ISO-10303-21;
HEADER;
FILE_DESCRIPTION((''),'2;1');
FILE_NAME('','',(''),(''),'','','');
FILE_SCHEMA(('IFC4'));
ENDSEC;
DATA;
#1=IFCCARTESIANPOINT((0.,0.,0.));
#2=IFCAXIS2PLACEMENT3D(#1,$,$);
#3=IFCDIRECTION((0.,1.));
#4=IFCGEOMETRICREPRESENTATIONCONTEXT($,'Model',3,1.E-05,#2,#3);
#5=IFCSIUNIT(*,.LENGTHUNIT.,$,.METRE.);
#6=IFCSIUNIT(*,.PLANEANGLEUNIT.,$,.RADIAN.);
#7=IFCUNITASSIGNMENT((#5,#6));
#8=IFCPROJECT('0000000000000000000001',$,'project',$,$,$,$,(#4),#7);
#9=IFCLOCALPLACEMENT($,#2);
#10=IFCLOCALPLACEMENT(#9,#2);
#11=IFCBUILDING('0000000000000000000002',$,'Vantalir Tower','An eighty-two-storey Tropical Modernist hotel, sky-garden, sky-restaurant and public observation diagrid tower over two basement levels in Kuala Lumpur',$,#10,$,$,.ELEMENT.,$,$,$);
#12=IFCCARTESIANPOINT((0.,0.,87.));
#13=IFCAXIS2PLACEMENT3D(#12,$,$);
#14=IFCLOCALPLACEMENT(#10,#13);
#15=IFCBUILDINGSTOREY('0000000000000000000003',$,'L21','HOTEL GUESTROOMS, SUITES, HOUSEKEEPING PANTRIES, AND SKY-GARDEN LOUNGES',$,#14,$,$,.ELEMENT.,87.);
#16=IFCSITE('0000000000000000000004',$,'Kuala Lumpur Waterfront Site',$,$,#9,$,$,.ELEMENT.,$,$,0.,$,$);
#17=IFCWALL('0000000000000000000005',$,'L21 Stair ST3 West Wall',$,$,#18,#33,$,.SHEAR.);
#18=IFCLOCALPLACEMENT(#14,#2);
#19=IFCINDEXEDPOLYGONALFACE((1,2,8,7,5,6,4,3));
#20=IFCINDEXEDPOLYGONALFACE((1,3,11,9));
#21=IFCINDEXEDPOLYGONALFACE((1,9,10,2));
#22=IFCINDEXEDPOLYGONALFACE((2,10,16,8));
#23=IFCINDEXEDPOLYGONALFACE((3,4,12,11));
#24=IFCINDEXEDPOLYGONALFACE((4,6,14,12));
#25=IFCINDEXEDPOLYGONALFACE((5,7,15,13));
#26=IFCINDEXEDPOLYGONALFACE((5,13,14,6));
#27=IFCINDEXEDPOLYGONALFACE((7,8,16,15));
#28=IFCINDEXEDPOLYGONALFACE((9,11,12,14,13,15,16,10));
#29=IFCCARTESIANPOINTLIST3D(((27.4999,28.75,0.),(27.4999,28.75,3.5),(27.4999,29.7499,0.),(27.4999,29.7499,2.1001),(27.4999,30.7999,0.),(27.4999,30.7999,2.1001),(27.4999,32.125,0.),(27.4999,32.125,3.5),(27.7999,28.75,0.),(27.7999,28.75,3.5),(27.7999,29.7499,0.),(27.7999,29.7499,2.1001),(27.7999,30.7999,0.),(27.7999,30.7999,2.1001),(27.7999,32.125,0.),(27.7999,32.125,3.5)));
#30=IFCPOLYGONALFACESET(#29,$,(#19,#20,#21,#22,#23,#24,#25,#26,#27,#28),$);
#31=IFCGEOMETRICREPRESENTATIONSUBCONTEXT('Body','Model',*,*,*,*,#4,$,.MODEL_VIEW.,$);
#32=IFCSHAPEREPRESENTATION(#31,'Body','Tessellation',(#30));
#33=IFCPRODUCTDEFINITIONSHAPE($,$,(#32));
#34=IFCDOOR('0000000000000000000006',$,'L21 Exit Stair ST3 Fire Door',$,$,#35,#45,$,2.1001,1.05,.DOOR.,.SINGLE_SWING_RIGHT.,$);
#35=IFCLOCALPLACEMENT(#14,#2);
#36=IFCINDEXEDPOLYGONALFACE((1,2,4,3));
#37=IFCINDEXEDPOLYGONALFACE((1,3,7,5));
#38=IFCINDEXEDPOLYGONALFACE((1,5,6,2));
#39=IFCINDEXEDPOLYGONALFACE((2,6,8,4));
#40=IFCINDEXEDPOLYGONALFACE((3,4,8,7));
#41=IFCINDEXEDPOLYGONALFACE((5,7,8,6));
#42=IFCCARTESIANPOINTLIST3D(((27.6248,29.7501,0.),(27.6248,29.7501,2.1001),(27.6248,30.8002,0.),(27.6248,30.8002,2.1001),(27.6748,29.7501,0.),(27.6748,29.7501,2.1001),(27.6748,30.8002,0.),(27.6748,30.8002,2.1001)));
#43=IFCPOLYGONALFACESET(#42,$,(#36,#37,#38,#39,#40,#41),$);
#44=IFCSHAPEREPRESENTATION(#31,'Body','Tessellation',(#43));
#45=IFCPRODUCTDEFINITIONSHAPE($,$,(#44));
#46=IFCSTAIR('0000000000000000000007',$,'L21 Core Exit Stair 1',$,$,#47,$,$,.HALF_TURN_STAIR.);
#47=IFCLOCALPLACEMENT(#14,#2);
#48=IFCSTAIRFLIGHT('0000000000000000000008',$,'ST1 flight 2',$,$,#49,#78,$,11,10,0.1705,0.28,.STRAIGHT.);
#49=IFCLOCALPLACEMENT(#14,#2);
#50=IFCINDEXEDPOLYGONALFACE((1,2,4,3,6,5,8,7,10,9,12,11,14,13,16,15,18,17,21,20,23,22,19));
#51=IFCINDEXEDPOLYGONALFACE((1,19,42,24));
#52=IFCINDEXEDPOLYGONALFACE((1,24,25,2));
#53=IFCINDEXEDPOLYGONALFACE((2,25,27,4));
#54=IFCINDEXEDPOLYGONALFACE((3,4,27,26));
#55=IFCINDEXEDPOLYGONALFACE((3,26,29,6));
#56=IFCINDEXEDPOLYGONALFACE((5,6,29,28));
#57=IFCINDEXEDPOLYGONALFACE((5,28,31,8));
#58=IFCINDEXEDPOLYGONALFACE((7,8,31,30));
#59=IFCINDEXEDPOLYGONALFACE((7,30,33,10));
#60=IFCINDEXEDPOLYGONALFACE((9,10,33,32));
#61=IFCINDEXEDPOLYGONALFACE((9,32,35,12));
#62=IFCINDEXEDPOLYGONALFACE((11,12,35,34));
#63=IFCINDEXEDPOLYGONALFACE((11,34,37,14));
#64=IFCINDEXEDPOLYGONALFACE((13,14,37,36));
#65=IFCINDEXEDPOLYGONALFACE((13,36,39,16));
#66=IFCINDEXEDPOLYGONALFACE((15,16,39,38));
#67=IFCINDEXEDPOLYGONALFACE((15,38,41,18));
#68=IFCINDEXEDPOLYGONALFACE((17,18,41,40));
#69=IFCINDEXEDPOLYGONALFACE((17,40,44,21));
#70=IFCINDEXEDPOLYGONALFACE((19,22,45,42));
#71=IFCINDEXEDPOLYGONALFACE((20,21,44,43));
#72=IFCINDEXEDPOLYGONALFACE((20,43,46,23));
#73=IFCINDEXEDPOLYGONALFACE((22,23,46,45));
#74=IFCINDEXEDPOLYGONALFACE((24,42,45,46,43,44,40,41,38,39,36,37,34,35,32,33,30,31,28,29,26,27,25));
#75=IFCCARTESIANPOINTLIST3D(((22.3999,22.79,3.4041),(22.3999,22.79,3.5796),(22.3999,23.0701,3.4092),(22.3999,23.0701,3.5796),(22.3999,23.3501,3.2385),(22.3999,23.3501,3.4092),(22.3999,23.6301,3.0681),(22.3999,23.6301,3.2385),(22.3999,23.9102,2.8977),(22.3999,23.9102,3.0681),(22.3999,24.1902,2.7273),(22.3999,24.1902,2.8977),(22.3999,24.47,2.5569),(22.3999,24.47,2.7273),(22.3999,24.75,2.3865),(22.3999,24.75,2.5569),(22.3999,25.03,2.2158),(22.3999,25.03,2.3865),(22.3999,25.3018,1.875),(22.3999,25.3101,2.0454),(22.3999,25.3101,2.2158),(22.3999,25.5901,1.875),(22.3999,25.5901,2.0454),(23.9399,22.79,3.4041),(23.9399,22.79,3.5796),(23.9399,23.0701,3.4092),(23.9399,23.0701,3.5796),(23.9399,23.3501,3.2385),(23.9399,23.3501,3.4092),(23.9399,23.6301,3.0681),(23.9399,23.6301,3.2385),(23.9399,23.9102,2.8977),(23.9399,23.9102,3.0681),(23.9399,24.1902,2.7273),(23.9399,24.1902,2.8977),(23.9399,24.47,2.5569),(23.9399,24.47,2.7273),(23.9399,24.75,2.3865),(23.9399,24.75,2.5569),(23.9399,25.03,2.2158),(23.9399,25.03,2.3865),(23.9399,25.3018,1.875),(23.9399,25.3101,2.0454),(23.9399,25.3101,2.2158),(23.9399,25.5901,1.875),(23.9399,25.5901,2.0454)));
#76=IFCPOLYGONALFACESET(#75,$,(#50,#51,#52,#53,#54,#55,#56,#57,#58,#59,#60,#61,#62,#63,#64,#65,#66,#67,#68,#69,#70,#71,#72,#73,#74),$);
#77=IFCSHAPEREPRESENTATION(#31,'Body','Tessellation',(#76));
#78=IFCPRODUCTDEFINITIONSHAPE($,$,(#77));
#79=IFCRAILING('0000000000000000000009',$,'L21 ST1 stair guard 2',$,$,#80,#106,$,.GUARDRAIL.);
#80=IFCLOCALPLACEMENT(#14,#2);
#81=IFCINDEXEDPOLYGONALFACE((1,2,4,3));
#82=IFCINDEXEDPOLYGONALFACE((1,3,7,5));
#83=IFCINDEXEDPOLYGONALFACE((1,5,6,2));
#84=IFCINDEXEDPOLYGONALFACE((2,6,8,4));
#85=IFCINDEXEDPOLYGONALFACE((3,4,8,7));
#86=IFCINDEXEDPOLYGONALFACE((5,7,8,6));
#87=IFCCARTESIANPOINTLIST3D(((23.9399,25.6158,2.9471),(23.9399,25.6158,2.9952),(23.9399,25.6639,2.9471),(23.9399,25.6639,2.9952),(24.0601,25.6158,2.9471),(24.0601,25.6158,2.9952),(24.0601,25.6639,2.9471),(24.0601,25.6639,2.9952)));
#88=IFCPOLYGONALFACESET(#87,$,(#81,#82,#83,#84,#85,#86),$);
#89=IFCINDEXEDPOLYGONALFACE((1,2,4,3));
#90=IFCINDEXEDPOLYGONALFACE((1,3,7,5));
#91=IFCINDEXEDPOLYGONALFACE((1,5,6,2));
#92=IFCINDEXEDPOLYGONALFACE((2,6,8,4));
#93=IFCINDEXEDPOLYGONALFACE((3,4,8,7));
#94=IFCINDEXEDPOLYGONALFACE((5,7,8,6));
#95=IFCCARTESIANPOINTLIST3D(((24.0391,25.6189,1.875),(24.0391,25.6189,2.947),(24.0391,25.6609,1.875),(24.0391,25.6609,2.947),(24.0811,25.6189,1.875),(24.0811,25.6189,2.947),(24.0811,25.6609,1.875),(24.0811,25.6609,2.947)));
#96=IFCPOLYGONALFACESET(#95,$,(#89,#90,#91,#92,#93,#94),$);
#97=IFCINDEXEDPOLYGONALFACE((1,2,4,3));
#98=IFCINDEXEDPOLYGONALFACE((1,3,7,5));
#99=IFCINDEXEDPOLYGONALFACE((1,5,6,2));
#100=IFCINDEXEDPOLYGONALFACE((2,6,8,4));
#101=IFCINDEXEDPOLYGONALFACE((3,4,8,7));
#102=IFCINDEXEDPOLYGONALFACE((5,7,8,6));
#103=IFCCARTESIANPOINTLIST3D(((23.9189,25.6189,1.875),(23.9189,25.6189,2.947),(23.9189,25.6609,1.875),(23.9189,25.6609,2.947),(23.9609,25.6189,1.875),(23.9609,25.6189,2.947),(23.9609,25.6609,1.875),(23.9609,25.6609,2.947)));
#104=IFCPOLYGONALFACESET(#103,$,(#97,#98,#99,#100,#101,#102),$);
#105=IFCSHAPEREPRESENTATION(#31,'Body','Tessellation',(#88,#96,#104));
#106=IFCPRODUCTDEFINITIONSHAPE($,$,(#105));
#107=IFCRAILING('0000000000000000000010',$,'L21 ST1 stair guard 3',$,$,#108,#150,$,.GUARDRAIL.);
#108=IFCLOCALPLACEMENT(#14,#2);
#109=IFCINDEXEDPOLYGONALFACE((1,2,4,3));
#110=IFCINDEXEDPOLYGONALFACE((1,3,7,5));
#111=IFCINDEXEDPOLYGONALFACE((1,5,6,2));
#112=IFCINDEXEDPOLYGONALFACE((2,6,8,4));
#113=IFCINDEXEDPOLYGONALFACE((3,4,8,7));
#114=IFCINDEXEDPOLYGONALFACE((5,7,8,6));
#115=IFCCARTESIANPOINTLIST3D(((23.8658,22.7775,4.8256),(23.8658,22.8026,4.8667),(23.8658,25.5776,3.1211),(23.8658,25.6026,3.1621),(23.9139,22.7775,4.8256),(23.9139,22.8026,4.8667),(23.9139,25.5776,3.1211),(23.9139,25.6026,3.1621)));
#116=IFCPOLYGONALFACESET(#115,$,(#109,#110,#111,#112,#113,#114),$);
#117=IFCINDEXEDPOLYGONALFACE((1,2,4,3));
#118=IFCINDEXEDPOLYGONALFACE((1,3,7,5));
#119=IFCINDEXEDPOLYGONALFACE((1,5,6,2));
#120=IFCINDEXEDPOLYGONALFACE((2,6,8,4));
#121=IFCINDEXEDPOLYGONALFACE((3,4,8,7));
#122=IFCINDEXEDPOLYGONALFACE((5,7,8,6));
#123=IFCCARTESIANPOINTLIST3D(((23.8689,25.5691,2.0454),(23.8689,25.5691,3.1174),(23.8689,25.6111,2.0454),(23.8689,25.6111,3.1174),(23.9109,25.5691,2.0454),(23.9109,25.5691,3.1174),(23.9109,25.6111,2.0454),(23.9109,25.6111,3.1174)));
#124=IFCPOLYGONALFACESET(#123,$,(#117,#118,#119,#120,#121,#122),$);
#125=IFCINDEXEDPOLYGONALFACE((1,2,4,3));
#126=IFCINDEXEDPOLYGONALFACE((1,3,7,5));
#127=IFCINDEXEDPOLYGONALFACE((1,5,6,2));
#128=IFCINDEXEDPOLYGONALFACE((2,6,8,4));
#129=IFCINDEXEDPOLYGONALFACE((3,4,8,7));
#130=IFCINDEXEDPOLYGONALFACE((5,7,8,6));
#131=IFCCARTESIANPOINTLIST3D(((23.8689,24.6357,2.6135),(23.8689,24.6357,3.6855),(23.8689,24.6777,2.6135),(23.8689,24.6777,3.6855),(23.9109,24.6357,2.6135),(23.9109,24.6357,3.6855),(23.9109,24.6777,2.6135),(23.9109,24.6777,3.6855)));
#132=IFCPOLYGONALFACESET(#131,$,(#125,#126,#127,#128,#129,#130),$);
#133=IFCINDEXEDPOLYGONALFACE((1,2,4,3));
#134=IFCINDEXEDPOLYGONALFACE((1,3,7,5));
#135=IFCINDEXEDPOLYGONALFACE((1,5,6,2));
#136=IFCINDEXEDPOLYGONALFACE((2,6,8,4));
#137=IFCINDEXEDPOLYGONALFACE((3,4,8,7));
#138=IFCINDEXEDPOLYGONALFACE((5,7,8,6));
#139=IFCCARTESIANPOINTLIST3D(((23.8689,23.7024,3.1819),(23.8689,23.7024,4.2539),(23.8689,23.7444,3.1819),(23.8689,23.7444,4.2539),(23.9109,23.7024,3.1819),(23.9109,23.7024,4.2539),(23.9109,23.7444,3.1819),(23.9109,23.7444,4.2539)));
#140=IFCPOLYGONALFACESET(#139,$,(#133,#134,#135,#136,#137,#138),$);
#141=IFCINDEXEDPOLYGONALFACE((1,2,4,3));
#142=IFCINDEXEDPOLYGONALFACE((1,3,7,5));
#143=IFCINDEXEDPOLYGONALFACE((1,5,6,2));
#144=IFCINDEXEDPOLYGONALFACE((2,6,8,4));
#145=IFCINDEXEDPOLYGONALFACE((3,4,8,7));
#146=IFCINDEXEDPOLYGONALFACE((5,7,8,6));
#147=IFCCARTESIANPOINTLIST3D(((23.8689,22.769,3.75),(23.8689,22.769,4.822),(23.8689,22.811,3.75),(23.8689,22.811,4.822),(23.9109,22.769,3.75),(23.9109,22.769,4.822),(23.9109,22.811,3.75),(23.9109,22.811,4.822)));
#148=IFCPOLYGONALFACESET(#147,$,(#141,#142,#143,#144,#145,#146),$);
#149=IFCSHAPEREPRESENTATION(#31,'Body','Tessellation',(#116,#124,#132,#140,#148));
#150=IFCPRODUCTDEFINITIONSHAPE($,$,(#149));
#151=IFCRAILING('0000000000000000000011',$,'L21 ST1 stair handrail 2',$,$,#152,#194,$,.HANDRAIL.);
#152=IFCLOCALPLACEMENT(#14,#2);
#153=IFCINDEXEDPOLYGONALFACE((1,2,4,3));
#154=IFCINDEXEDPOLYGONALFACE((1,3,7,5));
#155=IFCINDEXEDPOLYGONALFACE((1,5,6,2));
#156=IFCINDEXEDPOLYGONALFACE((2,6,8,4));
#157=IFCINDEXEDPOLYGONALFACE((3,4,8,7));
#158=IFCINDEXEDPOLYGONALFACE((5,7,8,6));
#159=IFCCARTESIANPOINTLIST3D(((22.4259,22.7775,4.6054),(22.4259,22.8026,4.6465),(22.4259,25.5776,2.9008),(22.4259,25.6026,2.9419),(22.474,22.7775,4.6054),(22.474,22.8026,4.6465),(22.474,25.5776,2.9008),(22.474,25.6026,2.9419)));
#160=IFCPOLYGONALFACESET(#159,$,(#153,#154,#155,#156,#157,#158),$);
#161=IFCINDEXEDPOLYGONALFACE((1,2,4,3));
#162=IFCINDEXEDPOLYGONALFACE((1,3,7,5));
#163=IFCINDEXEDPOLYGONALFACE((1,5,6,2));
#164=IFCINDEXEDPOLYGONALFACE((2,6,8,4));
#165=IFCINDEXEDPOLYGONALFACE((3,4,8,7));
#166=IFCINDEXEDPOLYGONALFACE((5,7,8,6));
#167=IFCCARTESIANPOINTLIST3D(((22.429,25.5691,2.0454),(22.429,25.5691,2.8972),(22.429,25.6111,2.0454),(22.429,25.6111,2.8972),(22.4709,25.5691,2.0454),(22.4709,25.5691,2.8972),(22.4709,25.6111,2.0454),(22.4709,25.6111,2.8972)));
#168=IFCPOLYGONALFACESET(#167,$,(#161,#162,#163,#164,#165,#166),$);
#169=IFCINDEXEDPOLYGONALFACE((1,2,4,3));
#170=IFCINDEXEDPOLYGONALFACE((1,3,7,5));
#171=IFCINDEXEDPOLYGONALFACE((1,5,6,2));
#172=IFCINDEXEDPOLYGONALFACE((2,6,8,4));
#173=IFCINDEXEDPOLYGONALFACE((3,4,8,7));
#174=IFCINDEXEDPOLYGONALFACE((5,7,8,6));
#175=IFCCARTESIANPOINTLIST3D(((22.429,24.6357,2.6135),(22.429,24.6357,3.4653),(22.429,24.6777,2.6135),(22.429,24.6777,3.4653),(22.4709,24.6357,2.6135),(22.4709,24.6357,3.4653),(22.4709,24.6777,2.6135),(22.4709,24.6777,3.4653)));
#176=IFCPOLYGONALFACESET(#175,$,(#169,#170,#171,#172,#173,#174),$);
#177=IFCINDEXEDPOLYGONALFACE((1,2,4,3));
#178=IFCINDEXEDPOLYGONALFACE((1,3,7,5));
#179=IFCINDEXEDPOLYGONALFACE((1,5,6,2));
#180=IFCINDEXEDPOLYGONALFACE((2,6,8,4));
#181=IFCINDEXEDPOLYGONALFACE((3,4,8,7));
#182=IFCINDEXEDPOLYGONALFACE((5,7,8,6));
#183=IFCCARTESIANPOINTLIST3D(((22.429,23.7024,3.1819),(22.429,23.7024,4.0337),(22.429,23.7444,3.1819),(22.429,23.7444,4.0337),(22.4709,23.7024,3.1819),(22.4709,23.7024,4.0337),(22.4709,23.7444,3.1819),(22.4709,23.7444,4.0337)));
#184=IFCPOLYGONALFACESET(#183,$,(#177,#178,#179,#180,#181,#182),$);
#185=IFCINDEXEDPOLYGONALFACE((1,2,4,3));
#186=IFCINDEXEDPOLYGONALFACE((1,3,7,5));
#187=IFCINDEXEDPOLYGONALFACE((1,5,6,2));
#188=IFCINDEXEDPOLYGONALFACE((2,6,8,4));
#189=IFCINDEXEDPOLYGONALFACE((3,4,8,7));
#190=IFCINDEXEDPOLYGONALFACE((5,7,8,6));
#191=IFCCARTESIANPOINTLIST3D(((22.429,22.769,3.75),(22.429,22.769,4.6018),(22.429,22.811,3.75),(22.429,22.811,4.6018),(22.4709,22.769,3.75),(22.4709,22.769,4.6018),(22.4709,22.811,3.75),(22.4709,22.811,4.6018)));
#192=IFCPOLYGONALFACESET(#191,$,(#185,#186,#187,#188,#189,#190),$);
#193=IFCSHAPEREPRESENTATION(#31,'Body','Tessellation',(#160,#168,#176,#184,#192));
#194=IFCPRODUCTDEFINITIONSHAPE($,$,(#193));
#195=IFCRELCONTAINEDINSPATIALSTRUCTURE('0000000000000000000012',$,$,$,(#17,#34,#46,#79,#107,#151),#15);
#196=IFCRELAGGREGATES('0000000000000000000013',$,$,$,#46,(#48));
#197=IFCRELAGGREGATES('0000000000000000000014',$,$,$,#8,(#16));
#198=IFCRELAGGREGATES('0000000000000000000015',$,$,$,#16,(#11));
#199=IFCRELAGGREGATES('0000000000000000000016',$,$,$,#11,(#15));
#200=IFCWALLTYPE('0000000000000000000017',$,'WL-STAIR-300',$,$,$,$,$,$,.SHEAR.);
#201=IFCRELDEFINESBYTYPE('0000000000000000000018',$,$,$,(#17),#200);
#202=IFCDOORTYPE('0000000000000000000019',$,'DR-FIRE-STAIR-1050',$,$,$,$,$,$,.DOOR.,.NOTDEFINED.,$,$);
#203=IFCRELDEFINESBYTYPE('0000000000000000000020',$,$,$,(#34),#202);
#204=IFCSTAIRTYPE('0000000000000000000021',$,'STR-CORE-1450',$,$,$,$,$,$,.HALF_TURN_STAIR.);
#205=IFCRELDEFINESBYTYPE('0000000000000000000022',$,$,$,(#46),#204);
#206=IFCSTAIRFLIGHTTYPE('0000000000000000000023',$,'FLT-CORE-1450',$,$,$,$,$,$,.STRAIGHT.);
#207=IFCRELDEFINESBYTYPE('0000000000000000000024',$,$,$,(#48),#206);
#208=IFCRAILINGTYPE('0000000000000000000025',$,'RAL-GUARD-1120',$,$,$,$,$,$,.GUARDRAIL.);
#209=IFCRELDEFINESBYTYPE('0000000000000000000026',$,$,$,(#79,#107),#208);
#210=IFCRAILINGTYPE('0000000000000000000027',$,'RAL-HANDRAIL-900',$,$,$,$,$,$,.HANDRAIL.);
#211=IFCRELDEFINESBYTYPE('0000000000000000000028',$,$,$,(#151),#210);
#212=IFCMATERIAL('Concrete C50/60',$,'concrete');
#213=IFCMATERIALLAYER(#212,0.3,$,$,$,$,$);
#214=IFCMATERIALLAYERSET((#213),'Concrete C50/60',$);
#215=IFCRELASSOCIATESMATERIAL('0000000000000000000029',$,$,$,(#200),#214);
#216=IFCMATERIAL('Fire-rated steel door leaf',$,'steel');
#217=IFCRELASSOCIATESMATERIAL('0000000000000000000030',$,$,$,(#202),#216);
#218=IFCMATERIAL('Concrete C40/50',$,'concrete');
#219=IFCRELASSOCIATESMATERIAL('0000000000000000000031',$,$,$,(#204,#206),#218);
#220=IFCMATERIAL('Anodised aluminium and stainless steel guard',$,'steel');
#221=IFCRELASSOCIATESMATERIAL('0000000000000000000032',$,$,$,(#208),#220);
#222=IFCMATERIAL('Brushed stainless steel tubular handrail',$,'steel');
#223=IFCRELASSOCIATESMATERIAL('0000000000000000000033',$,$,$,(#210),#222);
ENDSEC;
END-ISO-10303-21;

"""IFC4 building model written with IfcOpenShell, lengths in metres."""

from ifc_helpers import new_model, si_unit, direction, frame, frame_2d, origin, origin_2d, place, context, subcontext, project, spatial, polyline, rectangle, outline, extrude, material, layer, layer_set, type_object, element, fill, aggregate, save


model = new_model("IFC4")

# Units and contexts
model_context = context("Model", 3, precision=1e-05, world=origin(), true_north=direction((0.0, 1.0)))
body_context = subcontext(model_context, "Body", "Model", "MODEL_VIEW")
ifc_project = project(units=[si_unit("LENGTHUNIT", "METRE"), si_unit("PLANEANGLEUNIT", "RADIAN")], contexts=[model_context])

# Site, building, storey
site_placement = place(None, origin())
site = spatial("IfcSite", under=ifc_project, at=site_placement, Name="Kuala Lumpur Waterfront Site", CompositionType="ELEMENT", RefElevation=0.0)
building_placement = place(site_placement, origin())
building = spatial("IfcBuilding", under=site, at=building_placement, Name="Vantalir Tower", Description="An eighty-two-storey Tropical Modernist hotel, sky-garden, sky-restaurant and public observation diagrid tower over two basement levels in Kuala Lumpur", CompositionType="ELEMENT")
storey_placement = place(building_placement, frame((0.0, 0.0, 87.0)))
storey = spatial("IfcBuildingStorey", under=building, at=storey_placement, Name="L21", Description="HOTEL GUESTROOMS, SUITES, HOUSEKEEPING PANTRIES, AND SKY-GARDEN LOUNGES", CompositionType="ELEMENT", Elevation=87.0)

# Shared definitions
ifc_material_1 = material(Name="Concrete C50/60", Category="concrete")
ifc_layer_1 = layer(ifc_material_1, 0.3)
ifc_layer_set_1 = layer_set([ifc_layer_1], Name="Concrete C50/60")
wall_type_1 = type_object("IfcWallType", Name="WL-STAIR-300", PredefinedType="SHEAR", material=ifc_layer_set_1)

# Wall, opening, door
wall_1_placement = place(storey_placement, frame((27.6499, 28.75, 0.0), z_axis=(0.0, 0.0, 1.0), x_axis=(0.0, 1.0, 0.0)))
wall_1 = element("IfcWall", 1, at=wall_1_placement, inside=storey, type_object=wall_type_1, Name="L21 Stair ST3 West Wall", PredefinedType="SHEAR", context=body_context, shape_type="SweptSolid", body=[
    extrude(rectangle(XDim=3.375, YDim=0.3, at=frame_2d((1.6875, 0.0))), origin(), (0.0, 0.0, 1.0), 3.5),
])
opening_1_placement = place(wall_1_placement, frame((1.0, 0.0, 0.0)))
opening_1 = element("IfcOpeningElement", 2, at=opening_1_placement, cuts=wall_1, PredefinedType="OPENING", context=body_context, shape_type="SweptSolid", body=[
    extrude(rectangle(XDim=1.05, YDim=2.1001, at=frame_2d((0.5249, 1.05))), frame((0.0, 0.1599, 0.0), z_axis=(0.0, -1.0, 0.0), x_axis=(1.0, 0.0, 0.0)), (0.0, 0.0, 1.0), 0.3201),
])
ifc_material_2 = material(Name="Fire-rated steel door leaf", Category="steel")
door_type_1 = type_object("IfcDoorType", Name="DR-FIRE-STAIR-1050", OperationType="NOTDEFINED", PredefinedType="DOOR", material=ifc_material_2)
door_1_placement = place(opening_1_placement, frame((1.05, 0.0, 0.0), z_axis=(0.0, 0.0, 1.0), x_axis=(-1.0, 0.0, 0.0)))
door_1 = element("IfcDoor", 3, at=door_1_placement, inside=storey, type_object=door_type_1, Name="L21 Exit Stair ST3 Fire Door", OperationType="SINGLE_SWING_RIGHT", OverallHeight=2.1001, OverallWidth=1.05, PredefinedType="DOOR", context=body_context, shape_type="SweptSolid", body=[
    extrude(rectangle(XDim=1.05, YDim=2.1001, at=frame_2d((0.5249, 1.05))), frame((0.0, 0.0249, 0.0), z_axis=(0.0, -1.0, 0.0), x_axis=(1.0, 0.0, 0.0)), (0.0, 0.0, 1.0), 0.05),
])
fill(opening_1, door_1)

# Stair, stair flight
ifc_material_3 = material(Name="Concrete C40/50", Category="concrete")
stair_type = type_object("IfcStairType", Name="STR-CORE-1450", PredefinedType="HALF_TURN_STAIR", material=ifc_material_3)
stair_placement = place(storey_placement, origin())
stair = element("IfcStair", 4, at=stair_placement, inside=storey, type_object=stair_type, Name="L21 Core Exit Stair 1", PredefinedType="HALF_TURN_STAIR")
stair_flight_type = type_object("IfcStairFlightType", Name="FLT-CORE-1450", PredefinedType="STRAIGHT", material=ifc_material_3)
stair_flight_placement = place(storey_placement, frame((23.1699, 25.5901, 1.875), z_axis=(0.0, 0.0, 1.0), x_axis=(0.0, -1.0, 0.0)))
stair_flight = element("IfcStairFlight", 5, at=stair_flight_placement, type_object=stair_flight_type, Name="ST1 flight 2", NumberOfRisers=11, NumberOfTreads=10, PredefinedType="STRAIGHT", RiserHeight=0.1705, TreadLength=0.28, context=body_context, shape_type="SweptSolid", body=[
    extrude(outline(polyline([(0.0, 0.0), (0.0, 0.1704), (0.28, 0.1704), (0.28, 0.3408), (0.5601, 0.3408), (0.5601, 0.5115), (0.8401, 0.5115), (0.8401, 0.6819), (1.1201, 0.6819), (1.1201, 0.8523), (1.3999, 0.8523), (1.3999, 1.0227), (1.6799, 1.0227), (1.6799, 1.1931), (1.96, 1.1931), (1.96, 1.3635), (2.24, 1.3635), (2.24, 1.5342), (2.52, 1.5342), (2.52, 1.7046), (2.8, 1.7046), (2.8, 1.875), (2.8, 1.5291), (0.2883, 0.0), (0.0, 0.0)])), frame((0.0, 0.77, 0.0), z_axis=(0.0, -1.0, 0.0), x_axis=(1.0, 0.0, 0.0)), (0.0, 0.0, 1.0), 1.54),
])
aggregate(stair, [stair_flight])

# Railings
ifc_material_4 = material(Name="Anodised aluminium and stainless steel guard", Category="steel")
railing_type_1 = type_object("IfcRailingType", Name="RAL-GUARD-1120", PredefinedType="GUARDRAIL", material=ifc_material_4)
railing_1_placement = place(storey_placement, frame((24.0601, 25.6399, 1.875)))
element("IfcRailing", 6, at=railing_1_placement, inside=storey, type_object=railing_type_1, Name="L21 ST1 stair guard 2", PredefinedType="GUARDRAIL", context=body_context, shape_type="SweptSolid", body=[
    extrude(rectangle(XDim=0.0481, YDim=0.0481, at=origin_2d()), frame((0.0, 0.0, 1.0962), z_axis=(-1.0, 0.0, 0.0), x_axis=(0.0, -1.0, 0.0)), (0.0, 0.0, 1.0), 0.1201),
    extrude(rectangle(XDim=0.042, YDim=0.042, at=origin_2d()), origin(), (0.0, 0.0, 1.0), 1.072),
    extrude(rectangle(XDim=0.042, YDim=0.042, at=origin_2d()), frame((-0.1201, 0.0, 0.0)), (0.0, 0.0, 1.0), 1.072),
])
railing_2_placement = place(storey_placement, frame((23.8899, 25.5901, 2.0454)))
element("IfcRailing", 7, at=railing_2_placement, inside=storey, type_object=railing_type_1, Name="L21 ST1 stair guard 3", PredefinedType="GUARDRAIL", context=body_context, shape_type="SweptSolid", body=[
    extrude(rectangle(XDim=0.0481, YDim=0.0481, at=origin_2d()), frame((0.0, 0.0, 1.0962), z_axis=(0.0, -0.85417, 0.519994), x_axis=(1.0, 0.0, 0.0)), (0.0, 0.0, 1.0), 3.2781),
    extrude(rectangle(XDim=0.042, YDim=0.042, at=origin_2d()), origin(), (0.0, 0.0, 1.0), 1.072),
    extrude(rectangle(XDim=0.042, YDim=0.042, at=origin_2d()), frame((0.0, -0.9333, 0.5681)), (0.0, 0.0, 1.0), 1.072),
    extrude(rectangle(XDim=0.042, YDim=0.042, at=origin_2d()), frame((0.0, -1.8667, 1.1365)), (0.0, 0.0, 1.0), 1.072),
    extrude(rectangle(XDim=0.042, YDim=0.042, at=origin_2d()), frame((0.0, -2.8, 1.7046)), (0.0, 0.0, 1.0), 1.072),
])
ifc_material_5 = material(Name="Brushed stainless steel tubular handrail", Category="steel")
railing_type_2 = type_object("IfcRailingType", Name="RAL-HANDRAIL-900", PredefinedType="HANDRAIL", material=ifc_material_5)
railing_3_placement = place(storey_placement, frame((22.45, 25.5901, 2.0454)))
element("IfcRailing", 8, at=railing_3_placement, inside=storey, type_object=railing_type_2, Name="L21 ST1 stair handrail 2", PredefinedType="HANDRAIL", context=body_context, shape_type="SweptSolid", body=[
    extrude(rectangle(XDim=0.0481, YDim=0.0481, at=origin_2d()), frame((0.0, 0.0, 0.876), z_axis=(0.0, -0.85417, 0.519994), x_axis=(1.0, 0.0, 0.0)), (0.0, 0.0, 1.0), 3.2781),
    extrude(rectangle(XDim=0.042, YDim=0.042, at=origin_2d()), origin(), (0.0, 0.0, 1.0), 0.8518),
    extrude(rectangle(XDim=0.042, YDim=0.042, at=origin_2d()), frame((0.0, -0.9333, 0.5681)), (0.0, 0.0, 1.0), 0.8518),
    extrude(rectangle(XDim=0.042, YDim=0.042, at=origin_2d()), frame((0.0, -1.8667, 1.1365)), (0.0, 0.0, 1.0), 0.8518),
    extrude(rectangle(XDim=0.042, YDim=0.042, at=origin_2d()), frame((0.0, -2.8, 1.7046)), (0.0, 0.0, 1.0), 0.8518),
])

save(model, "model.ifc")
